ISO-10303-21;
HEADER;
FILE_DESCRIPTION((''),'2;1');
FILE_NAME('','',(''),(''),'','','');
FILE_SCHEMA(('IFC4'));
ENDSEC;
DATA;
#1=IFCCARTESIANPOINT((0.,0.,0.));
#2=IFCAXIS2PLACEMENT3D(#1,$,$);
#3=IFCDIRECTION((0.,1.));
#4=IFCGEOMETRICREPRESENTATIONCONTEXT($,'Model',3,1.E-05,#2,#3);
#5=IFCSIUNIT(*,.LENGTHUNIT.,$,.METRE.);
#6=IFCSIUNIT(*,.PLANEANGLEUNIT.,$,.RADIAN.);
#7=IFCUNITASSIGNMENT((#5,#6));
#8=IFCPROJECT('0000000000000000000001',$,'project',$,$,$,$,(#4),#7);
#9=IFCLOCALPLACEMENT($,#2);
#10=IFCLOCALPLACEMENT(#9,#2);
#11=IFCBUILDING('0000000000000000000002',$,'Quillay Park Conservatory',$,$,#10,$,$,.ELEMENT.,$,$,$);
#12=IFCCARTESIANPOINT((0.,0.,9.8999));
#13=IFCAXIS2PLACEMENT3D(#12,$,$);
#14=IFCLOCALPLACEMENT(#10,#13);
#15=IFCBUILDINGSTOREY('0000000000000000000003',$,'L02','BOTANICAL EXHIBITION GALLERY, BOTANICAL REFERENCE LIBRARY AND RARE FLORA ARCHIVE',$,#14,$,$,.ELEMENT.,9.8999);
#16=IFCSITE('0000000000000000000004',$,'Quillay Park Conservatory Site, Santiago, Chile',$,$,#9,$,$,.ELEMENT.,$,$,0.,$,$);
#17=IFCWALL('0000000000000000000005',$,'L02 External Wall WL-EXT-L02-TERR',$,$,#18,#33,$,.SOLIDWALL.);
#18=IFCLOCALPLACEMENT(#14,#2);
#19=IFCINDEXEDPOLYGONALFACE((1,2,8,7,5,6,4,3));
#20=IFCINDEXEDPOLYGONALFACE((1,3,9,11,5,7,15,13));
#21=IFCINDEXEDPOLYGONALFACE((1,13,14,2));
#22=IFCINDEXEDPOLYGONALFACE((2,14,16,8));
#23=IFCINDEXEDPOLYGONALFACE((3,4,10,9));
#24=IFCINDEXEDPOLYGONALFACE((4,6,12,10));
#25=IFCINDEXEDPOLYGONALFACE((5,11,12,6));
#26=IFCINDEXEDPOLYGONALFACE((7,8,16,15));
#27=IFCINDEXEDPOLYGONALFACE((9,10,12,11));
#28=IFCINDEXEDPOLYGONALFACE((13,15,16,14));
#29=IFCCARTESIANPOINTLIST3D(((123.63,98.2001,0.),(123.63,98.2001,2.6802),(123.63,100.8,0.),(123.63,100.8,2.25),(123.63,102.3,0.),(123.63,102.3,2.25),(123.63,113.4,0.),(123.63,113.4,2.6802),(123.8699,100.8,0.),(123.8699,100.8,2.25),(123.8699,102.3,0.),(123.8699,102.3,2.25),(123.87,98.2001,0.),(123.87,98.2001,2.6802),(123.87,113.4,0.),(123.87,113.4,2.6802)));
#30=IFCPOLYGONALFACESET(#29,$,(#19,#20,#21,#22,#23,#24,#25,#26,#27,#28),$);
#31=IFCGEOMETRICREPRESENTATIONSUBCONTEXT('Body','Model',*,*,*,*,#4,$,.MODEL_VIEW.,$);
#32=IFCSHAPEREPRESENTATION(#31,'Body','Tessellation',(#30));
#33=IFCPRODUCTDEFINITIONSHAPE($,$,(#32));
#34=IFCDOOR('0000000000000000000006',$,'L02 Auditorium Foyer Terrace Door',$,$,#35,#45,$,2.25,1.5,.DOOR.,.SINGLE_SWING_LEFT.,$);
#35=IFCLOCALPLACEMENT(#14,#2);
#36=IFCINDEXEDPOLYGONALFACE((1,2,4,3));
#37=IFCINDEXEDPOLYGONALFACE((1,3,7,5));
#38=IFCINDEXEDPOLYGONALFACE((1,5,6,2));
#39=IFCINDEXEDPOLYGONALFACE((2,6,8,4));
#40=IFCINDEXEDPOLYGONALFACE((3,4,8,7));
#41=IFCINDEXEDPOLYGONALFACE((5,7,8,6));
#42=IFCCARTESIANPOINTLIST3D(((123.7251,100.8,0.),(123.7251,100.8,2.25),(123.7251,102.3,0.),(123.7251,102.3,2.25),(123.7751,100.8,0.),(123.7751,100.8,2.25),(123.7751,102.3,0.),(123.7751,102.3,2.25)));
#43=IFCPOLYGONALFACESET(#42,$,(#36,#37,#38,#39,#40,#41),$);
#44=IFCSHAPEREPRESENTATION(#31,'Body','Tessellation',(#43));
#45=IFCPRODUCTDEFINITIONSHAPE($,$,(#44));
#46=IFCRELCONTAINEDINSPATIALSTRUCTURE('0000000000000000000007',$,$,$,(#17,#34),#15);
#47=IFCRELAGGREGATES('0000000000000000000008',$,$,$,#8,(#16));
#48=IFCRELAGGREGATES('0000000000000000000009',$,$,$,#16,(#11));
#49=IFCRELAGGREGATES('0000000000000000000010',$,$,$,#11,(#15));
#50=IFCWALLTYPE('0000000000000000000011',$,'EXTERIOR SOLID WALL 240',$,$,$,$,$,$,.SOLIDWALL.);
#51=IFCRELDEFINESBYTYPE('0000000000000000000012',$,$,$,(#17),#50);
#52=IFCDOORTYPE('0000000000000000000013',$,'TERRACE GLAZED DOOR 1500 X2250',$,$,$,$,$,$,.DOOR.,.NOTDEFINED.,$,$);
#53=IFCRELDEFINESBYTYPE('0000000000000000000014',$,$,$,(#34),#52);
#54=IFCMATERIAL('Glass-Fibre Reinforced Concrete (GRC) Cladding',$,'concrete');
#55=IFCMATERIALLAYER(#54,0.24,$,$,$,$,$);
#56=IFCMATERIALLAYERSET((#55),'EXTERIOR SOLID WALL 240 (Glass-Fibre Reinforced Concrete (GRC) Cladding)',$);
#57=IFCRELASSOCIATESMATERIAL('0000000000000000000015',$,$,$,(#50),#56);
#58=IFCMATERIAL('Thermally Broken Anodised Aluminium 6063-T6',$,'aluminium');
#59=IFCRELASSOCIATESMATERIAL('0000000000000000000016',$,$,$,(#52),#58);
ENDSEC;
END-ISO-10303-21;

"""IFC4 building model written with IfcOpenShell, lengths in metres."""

from ifc_helpers import new_model, si_unit, direction, frame, frame_2d, origin, place, context, subcontext, project, spatial, rectangle, extrude, material, layer, layer_set, type_object, element, fill, save


model = new_model("IFC4")

# Units and contexts
model_context = context("Model", 3, precision=1e-05, world=origin(), true_north=direction((0.0, 1.0)))
body_context = subcontext(model_context, "Body", "Model", "MODEL_VIEW")
ifc_project = project(units=[si_unit("LENGTHUNIT", "METRE"), si_unit("PLANEANGLEUNIT", "RADIAN")], contexts=[model_context])

# Site, building, storey
site_placement = place(None, origin())
site = spatial("IfcSite", under=ifc_project, at=site_placement, Name="Quillay Park Conservatory Site, Santiago, Chile", CompositionType="ELEMENT", RefElevation=0.0)
building_placement = place(site_placement, origin())
building = spatial("IfcBuilding", under=site, at=building_placement, Name="Quillay Park Conservatory", CompositionType="ELEMENT")
storey_placement = place(building_placement, frame((0.0, 0.0, 9.8999)))
storey = spatial("IfcBuildingStorey", under=building, at=storey_placement, Name="L02", Description="BOTANICAL EXHIBITION GALLERY, BOTANICAL REFERENCE LIBRARY AND RARE FLORA ARCHIVE", CompositionType="ELEMENT", Elevation=9.8999)

# Shared definitions
ifc_material_1 = material(Name="Glass-Fibre Reinforced Concrete (GRC) Cladding", Category="concrete")
ifc_layer_1 = layer(ifc_material_1, 0.24)
ifc_layer_set_1 = layer_set([ifc_layer_1], Name="EXTERIOR SOLID WALL 240 (Glass-Fibre Reinforced Concrete (GRC) Cladding)")
wall_type_1 = type_object("IfcWallType", Name="EXTERIOR SOLID WALL 240", PredefinedType="SOLIDWALL", material=ifc_layer_set_1)

# Wall, opening, door
wall_1_placement = place(storey_placement, frame((123.75, 98.2, 0.0), z_axis=(0.0, 0.0, 1.0), x_axis=(0.0, 1.0, 0.0)))
wall_1 = element("IfcWall", 1, at=wall_1_placement, inside=storey, type_object=wall_type_1, Name="L02 External Wall WL-EXT-L02-TERR", PredefinedType="SOLIDWALL", context=body_context, shape_type="SweptSolid", body=[
    extrude(rectangle(XDim=15.2, YDim=0.24, at=frame_2d((7.6001, 0.0))), origin(), (0.0, 0.0, 1.0), 2.6802),
])
opening_1_placement = place(wall_1_placement, frame((2.6001, 0.0, 0.0)))
opening_1 = element("IfcOpeningElement", 2, at=opening_1_placement, cuts=wall_1, PredefinedType="OPENING", context=body_context, shape_type="SweptSolid", body=[
    extrude(rectangle(XDim=1.5, YDim=2.25, at=frame_2d((0.75, 1.125))), frame((0.0, 0.1201, 0.0), z_axis=(0.0, -1.0, 0.0), x_axis=(1.0, 0.0, 0.0)), (0.0, 0.0, 1.0), 0.24),
])
ifc_material_2 = material(Name="Thermally Broken Anodised Aluminium 6063-T6", Category="aluminium")
door_type = type_object("IfcDoorType", Name="TERRACE GLAZED DOOR 1500 X2250", OperationType="NOTDEFINED", PredefinedType="DOOR", material=ifc_material_2)
door_placement = place(opening_1_placement, origin())
door = element("IfcDoor", 3, at=door_placement, inside=storey, type_object=door_type, Name="L02 Auditorium Foyer Terrace Door", OperationType="SINGLE_SWING_LEFT", OverallHeight=2.25, OverallWidth=1.5, PredefinedType="DOOR", context=body_context, shape_type="SweptSolid", body=[
    extrude(rectangle(XDim=1.5, YDim=2.25, at=frame_2d((0.75, 1.125))), frame((0.0, 0.0249, 0.0), z_axis=(0.0, -1.0, 0.0), x_axis=(1.0, 0.0, 0.0)), (0.0, 0.0, 1.0), 0.05),
])
fill(opening_1, door)

save(model, "model.ifc")
